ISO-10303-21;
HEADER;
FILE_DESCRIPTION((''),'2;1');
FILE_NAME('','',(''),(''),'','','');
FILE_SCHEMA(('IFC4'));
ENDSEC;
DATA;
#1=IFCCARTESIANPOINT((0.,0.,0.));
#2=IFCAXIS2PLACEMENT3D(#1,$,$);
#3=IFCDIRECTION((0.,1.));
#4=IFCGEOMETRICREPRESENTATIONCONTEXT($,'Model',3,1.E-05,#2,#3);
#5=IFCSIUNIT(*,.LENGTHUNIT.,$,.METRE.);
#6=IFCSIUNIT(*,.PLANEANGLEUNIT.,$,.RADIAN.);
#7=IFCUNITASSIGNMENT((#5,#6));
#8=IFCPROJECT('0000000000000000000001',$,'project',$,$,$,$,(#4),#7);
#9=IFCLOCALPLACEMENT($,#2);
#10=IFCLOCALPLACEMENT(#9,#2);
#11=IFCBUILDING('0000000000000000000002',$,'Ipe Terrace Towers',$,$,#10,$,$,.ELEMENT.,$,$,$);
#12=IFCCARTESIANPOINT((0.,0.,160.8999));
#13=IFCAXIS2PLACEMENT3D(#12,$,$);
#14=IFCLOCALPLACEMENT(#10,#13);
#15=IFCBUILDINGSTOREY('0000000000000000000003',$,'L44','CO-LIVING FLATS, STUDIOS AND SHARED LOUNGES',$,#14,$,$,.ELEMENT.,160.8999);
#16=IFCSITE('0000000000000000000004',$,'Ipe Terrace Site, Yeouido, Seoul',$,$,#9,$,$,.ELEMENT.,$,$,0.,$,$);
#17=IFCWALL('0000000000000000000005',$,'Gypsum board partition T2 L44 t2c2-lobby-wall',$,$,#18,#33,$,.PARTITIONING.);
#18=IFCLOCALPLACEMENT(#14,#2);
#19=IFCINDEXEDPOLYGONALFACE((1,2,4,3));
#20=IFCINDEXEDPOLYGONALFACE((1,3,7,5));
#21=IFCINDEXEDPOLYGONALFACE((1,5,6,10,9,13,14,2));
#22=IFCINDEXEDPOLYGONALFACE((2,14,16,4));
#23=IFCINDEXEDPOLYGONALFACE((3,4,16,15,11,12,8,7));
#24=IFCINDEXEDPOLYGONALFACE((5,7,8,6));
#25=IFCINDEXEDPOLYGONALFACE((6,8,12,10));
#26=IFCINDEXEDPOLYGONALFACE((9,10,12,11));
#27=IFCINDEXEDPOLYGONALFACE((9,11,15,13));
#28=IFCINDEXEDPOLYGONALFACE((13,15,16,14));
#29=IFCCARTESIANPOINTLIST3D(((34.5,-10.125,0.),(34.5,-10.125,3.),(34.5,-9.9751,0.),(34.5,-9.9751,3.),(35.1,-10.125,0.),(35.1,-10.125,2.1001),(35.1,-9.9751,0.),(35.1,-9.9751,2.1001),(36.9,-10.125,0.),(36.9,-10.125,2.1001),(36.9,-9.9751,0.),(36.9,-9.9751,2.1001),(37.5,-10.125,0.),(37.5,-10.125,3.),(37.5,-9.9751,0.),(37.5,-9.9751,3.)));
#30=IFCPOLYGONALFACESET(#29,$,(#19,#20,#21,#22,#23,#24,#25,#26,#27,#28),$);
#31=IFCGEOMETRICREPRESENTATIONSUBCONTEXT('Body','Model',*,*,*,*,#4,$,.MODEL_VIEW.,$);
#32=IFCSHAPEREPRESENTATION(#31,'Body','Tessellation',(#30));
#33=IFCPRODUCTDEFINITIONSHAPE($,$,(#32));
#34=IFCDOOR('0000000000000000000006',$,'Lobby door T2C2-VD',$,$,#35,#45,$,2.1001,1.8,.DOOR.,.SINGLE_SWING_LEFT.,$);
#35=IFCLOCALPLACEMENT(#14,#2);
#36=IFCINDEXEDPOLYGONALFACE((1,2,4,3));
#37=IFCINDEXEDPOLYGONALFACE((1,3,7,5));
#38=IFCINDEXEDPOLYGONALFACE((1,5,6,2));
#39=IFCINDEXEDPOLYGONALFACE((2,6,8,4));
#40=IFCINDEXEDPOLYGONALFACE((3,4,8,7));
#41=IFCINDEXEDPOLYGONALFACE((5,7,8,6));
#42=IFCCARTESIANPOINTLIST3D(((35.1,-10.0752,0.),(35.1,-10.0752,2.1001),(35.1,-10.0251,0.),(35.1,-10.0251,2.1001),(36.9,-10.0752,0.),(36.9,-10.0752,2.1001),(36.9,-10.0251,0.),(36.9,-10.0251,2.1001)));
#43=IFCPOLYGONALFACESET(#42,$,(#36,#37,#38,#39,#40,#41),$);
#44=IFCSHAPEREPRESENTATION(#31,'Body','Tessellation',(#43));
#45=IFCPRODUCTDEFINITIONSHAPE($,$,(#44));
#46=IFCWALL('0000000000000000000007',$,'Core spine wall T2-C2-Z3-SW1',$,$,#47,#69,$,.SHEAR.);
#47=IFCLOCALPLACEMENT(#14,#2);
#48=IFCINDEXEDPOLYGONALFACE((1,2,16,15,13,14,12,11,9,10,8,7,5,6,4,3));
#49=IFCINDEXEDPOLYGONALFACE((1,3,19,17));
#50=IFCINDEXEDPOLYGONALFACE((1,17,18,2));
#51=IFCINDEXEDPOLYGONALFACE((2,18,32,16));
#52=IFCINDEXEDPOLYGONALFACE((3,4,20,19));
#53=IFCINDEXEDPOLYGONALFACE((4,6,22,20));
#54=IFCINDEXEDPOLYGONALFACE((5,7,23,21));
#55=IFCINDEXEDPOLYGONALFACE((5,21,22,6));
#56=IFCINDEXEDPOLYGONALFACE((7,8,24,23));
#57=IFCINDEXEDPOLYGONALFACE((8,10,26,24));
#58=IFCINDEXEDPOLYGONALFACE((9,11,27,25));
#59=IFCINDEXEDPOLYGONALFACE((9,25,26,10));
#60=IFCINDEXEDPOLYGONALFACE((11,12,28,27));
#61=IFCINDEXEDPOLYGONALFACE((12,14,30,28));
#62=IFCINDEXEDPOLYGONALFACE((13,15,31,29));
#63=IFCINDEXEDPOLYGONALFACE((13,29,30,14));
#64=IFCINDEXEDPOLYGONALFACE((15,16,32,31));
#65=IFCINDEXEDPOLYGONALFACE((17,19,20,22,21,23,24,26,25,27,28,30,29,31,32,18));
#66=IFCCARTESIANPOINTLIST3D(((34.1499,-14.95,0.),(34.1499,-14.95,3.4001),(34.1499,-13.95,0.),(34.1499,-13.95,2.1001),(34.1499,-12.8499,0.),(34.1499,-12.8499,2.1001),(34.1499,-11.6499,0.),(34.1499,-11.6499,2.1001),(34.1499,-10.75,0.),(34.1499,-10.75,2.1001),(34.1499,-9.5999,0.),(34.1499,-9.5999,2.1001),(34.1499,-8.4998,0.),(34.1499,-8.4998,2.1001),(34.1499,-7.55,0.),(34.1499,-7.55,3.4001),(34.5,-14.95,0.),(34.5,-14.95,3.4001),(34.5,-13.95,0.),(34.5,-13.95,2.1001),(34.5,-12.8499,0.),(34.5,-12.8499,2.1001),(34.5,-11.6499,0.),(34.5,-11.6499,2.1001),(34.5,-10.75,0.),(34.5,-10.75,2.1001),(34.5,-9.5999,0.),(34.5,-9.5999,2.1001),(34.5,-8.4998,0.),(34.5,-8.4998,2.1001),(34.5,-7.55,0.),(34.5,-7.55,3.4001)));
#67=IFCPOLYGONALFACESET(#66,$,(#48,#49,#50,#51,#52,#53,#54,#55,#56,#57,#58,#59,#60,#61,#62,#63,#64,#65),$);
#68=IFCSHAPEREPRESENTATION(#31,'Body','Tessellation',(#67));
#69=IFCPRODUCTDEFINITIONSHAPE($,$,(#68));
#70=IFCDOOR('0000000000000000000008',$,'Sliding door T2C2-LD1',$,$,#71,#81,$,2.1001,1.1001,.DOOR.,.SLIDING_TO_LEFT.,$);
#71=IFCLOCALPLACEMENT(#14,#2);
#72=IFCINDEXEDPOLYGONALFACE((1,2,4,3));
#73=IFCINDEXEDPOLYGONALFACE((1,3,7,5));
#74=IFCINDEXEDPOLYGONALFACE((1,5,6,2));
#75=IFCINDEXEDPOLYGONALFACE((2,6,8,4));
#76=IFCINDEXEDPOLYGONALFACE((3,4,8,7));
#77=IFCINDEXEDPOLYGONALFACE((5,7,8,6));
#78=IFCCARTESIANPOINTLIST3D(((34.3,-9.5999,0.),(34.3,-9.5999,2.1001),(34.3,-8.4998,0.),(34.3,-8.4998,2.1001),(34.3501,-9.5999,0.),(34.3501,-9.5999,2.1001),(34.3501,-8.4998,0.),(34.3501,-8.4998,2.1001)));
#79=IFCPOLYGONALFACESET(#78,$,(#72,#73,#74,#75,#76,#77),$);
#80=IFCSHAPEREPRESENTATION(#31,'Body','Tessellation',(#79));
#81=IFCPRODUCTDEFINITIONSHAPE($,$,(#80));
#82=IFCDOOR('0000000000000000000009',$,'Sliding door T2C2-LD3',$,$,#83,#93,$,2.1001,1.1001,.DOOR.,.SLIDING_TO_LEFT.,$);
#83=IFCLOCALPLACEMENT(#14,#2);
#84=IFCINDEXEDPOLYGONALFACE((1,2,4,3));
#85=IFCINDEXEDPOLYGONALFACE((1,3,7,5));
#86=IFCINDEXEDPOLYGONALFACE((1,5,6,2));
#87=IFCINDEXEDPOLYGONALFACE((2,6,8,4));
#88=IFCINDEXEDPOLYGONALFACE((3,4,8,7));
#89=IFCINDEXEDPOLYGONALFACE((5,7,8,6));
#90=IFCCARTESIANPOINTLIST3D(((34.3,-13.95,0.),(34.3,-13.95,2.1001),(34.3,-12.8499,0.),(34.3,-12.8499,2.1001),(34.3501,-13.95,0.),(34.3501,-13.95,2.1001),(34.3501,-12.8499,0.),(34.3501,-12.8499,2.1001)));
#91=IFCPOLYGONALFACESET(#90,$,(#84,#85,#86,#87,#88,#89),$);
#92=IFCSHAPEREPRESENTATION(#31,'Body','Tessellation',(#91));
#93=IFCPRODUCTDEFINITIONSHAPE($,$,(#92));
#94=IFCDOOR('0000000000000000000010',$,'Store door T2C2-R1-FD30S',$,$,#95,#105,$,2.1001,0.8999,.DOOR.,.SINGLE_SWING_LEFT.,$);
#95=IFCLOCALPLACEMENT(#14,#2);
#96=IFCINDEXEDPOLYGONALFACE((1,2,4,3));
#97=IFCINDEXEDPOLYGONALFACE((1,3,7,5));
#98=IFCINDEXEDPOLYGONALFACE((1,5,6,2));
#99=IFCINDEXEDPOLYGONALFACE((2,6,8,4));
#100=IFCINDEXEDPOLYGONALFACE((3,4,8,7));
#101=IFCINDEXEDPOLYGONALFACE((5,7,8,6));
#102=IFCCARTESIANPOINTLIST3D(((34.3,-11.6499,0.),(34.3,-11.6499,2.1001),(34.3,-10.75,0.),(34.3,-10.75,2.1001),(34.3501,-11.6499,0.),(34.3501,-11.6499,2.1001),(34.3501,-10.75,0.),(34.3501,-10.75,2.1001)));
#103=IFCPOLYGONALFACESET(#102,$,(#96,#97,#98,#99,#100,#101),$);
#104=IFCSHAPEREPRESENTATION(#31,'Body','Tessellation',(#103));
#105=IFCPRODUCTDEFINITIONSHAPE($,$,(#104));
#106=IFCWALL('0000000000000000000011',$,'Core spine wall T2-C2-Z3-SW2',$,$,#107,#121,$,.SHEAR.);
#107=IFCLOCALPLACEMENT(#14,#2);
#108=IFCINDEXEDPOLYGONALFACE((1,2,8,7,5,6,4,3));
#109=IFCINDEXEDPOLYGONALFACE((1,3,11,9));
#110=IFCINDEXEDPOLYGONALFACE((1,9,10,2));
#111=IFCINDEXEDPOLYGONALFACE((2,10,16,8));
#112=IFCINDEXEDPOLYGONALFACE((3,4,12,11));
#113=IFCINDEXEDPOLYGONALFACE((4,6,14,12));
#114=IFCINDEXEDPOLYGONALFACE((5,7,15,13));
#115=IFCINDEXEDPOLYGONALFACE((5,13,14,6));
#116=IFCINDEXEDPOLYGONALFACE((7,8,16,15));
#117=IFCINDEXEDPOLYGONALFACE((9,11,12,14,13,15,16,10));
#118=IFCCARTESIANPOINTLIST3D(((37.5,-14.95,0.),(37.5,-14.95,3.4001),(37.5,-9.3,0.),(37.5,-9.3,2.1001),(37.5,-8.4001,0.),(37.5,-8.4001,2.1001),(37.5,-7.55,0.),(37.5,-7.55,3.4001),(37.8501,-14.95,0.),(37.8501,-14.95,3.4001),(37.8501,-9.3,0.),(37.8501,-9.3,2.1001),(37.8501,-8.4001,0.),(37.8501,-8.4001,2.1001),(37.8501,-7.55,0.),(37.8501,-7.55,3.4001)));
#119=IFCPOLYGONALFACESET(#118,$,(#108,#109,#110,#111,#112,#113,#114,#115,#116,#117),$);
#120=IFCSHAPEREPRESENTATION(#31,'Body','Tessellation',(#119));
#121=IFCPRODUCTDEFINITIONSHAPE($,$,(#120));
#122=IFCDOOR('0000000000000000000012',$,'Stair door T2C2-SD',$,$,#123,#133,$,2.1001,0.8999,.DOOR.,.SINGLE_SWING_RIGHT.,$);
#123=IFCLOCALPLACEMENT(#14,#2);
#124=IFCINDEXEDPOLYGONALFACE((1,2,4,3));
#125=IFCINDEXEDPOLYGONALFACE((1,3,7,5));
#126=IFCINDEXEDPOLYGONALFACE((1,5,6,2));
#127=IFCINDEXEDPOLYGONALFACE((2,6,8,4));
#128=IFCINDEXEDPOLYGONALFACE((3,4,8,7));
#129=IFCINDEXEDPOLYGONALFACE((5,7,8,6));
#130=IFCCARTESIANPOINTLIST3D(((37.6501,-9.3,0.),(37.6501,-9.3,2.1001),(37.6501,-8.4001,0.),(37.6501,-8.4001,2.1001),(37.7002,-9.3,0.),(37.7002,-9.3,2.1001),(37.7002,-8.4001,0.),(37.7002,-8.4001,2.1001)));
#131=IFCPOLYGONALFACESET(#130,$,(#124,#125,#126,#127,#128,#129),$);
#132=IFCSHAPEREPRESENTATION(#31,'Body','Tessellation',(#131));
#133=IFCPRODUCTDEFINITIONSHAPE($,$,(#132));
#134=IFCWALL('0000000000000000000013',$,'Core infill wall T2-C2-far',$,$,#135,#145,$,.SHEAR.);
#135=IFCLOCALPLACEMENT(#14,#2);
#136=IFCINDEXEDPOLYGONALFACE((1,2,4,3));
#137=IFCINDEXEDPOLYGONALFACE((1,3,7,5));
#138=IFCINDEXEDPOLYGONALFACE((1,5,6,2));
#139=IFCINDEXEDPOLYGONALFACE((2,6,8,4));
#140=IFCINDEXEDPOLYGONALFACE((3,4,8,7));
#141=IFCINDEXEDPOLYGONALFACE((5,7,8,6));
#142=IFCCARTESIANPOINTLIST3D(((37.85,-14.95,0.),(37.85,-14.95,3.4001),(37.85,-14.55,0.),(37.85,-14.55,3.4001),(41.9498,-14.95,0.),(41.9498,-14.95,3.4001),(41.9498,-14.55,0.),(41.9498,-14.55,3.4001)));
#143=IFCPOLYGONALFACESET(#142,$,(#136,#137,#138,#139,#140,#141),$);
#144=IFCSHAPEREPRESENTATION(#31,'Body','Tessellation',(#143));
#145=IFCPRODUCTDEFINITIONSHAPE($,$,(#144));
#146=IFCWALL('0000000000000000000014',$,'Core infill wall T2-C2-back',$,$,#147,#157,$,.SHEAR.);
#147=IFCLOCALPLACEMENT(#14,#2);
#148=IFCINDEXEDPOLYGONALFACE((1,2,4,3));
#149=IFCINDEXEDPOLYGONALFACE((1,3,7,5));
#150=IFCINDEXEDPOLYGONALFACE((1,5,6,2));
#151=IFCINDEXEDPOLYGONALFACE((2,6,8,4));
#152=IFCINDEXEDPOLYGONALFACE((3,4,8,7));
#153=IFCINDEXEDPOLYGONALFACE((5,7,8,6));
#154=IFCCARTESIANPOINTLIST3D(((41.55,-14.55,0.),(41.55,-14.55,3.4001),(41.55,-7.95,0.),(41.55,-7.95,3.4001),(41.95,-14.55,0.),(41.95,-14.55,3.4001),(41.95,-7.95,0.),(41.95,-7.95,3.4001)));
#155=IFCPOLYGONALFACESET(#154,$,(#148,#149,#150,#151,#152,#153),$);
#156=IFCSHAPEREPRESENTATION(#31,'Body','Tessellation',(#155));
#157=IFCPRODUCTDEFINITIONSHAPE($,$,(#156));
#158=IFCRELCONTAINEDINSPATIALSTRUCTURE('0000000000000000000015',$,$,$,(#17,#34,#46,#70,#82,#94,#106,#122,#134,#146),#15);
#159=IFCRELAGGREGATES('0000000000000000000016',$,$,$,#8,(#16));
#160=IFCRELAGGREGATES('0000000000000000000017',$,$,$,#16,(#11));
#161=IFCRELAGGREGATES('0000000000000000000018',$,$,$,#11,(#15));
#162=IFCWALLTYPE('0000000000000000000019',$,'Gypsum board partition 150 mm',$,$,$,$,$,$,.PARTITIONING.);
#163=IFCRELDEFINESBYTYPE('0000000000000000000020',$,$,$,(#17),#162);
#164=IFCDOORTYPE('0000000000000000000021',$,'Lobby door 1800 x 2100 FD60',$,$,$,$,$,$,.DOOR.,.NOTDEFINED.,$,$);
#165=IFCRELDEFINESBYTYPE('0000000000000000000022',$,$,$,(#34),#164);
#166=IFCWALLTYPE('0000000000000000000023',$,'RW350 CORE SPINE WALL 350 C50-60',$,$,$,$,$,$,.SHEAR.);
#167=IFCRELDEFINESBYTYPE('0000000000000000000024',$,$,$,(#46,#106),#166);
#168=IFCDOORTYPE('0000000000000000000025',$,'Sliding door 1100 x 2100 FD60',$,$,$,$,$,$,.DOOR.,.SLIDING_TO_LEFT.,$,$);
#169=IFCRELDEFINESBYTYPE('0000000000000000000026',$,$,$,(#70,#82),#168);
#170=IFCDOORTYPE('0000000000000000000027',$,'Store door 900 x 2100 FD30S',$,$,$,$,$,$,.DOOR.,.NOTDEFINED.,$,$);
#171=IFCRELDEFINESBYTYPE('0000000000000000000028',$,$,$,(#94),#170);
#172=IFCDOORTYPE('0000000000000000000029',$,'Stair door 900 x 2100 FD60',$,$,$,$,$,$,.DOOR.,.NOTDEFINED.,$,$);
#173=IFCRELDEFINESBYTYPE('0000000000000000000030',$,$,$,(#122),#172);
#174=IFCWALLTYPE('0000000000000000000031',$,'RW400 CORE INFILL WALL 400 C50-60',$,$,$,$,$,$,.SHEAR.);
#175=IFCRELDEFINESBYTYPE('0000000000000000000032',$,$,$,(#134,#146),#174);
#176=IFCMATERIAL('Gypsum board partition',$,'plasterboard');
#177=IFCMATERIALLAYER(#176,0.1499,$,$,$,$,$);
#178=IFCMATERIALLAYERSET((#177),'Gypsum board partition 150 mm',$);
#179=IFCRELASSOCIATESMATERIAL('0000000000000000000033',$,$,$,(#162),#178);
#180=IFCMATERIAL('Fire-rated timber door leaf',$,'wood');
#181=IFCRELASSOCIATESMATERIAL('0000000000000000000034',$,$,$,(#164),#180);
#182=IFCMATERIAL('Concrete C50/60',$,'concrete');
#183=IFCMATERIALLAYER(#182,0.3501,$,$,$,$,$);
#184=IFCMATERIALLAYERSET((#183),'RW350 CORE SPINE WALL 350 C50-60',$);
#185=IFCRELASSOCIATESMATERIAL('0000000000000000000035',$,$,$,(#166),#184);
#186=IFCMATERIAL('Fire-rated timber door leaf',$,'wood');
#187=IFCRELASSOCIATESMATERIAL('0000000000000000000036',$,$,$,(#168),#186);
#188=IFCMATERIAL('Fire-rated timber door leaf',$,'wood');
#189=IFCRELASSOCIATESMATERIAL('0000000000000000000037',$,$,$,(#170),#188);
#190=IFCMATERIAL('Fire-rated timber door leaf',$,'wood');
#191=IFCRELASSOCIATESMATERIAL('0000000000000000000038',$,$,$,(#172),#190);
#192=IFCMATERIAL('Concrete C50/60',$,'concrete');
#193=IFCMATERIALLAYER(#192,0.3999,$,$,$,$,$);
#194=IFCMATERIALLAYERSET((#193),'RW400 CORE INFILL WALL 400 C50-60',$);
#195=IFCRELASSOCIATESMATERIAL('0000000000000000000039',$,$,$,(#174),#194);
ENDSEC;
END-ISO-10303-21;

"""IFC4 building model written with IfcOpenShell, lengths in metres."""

from ifc_helpers import new_model, si_unit, direction, frame, frame_2d, origin, place, context, subcontext, project, spatial, rectangle, extrude, material, layer, layer_set, type_object, element, fill, save


model = new_model("IFC4")

# Units and contexts
model_context = context("Model", 3, precision=1e-05, world=origin(), true_north=direction((0.0, 1.0)))
body_context = subcontext(model_context, "Body", "Model", "MODEL_VIEW")
ifc_project = project(units=[si_unit("LENGTHUNIT", "METRE"), si_unit("PLANEANGLEUNIT", "RADIAN")], contexts=[model_context])

# Site, building, storey
site_placement = place(None, origin())
site = spatial("IfcSite", under=ifc_project, at=site_placement, Name="Ipe Terrace Site, Yeouido, Seoul", CompositionType="ELEMENT", RefElevation=0.0)
building_placement = place(site_placement, origin())
building = spatial("IfcBuilding", under=site, at=building_placement, Name="Ipe Terrace Towers", CompositionType="ELEMENT")
storey_placement = place(building_placement, frame((0.0, 0.0, 160.8999)))
storey = spatial("IfcBuildingStorey", under=building, at=storey_placement, Name="L44", Description="CO-LIVING FLATS, STUDIOS AND SHARED LOUNGES", CompositionType="ELEMENT", Elevation=160.8999)

# Wall, opening, door
ifc_material_1 = material(Name="Gypsum board partition", Category="plasterboard")
ifc_layer_1 = layer(ifc_material_1, 0.1499)
ifc_layer_set_1 = layer_set([ifc_layer_1], Name="Gypsum board partition 150 mm")
wall_type_1 = type_object("IfcWallType", Name="Gypsum board partition 150 mm", PredefinedType="PARTITIONING", material=ifc_layer_set_1)
wall_1_placement = place(storey_placement, frame((34.5, -10.05, 0.0), z_axis=(0.0, 0.0, 1.0), x_axis=(1.0, 0.0, 0.0)))
wall_1 = element("IfcWall", 1, at=wall_1_placement, inside=storey, type_object=wall_type_1, Name="Gypsum board partition T2 L44 t2c2-lobby-wall", PredefinedType="PARTITIONING", context=body_context, shape_type="SweptSolid", body=[
    extrude(rectangle(XDim=3.0, YDim=0.1499, at=frame_2d((1.5, 0.0))), origin(), (0.0, 0.0, 1.0), 3.0),
])
opening_1_placement = place(wall_1_placement, frame((0.6001, 0.0, 0.0)))
opening_1 = element("IfcOpeningElement", 2, at=opening_1_placement, cuts=wall_1, PredefinedType="OPENING", context=body_context, shape_type="SweptSolid", body=[
    extrude(rectangle(XDim=1.8, YDim=2.1001, at=frame_2d((0.8999, 1.05))), frame((0.0, 0.085, 0.0), z_axis=(0.0, -1.0, 0.0), x_axis=(1.0, 0.0, 0.0)), (0.0, 0.0, 1.0), 0.1699),
])
ifc_material_2 = material(Name="Fire-rated timber door leaf", Category="wood")
door_type_1 = type_object("IfcDoorType", Name="Lobby door 1800 x 2100 FD60", OperationType="NOTDEFINED", PredefinedType="DOOR", material=ifc_material_2)
door_1_placement = place(opening_1_placement, origin())
door_1 = element("IfcDoor", 3, at=door_1_placement, inside=storey, type_object=door_type_1, Name="Lobby door T2C2-VD", OperationType="SINGLE_SWING_LEFT", OverallHeight=2.1001, OverallWidth=1.8, PredefinedType="DOOR", context=body_context, shape_type="SweptSolid", body=[
    extrude(rectangle(XDim=1.8, YDim=2.1001, at=frame_2d((0.8999, 1.05))), frame((0.0, 0.0249, 0.0), z_axis=(0.0, -1.0, 0.0), x_axis=(1.0, 0.0, 0.0)), (0.0, 0.0, 1.0), 0.05),
])
fill(opening_1, door_1)

# Wall, openings, doors
ifc_material_3 = material(Name="Concrete C50/60", Category="concrete")
ifc_layer_2 = layer(ifc_material_3, 0.3501)
ifc_layer_set_2 = layer_set([ifc_layer_2], Name="RW350 CORE SPINE WALL 350 C50-60")
wall_type_2 = type_object("IfcWallType", Name="RW350 CORE SPINE WALL 350 C50-60", PredefinedType="SHEAR", material=ifc_layer_set_2)
wall_2_placement = place(storey_placement, frame((34.325, -14.95, 0.0), z_axis=(0.0, 0.0, 1.0), x_axis=(0.0, 1.0, 0.0)))
wall_2 = element("IfcWall", 4, at=wall_2_placement, inside=storey, type_object=wall_type_2, Name="Core spine wall T2-C2-Z3-SW1", PredefinedType="SHEAR", context=body_context, shape_type="SweptSolid", body=[
    extrude(rectangle(XDim=7.3999, YDim=0.3501, at=frame_2d((3.7, 0.0))), origin(), (0.0, 0.0, 1.0), 3.4001),
])
opening_2_placement = place(wall_2_placement, frame((5.3501, 0.0, 0.0)))
opening_2 = element("IfcOpeningElement", 5, at=opening_2_placement, cuts=wall_2, PredefinedType="OPENING", context=body_context, shape_type="SweptSolid", body=[
    extrude(rectangle(XDim=1.1001, YDim=2.1001, at=frame_2d((0.55, 1.05))), frame((0.0, 0.1851, 0.0), z_axis=(0.0, -1.0, 0.0), x_axis=(1.0, 0.0, 0.0)), (0.0, 0.0, 1.0), 0.3701),
])
opening_3_placement = place(wall_2_placement, frame((1.0, 0.0, 0.0)))
opening_3 = element("IfcOpeningElement", 6, at=opening_3_placement, cuts=wall_2, PredefinedType="OPENING", context=body_context, shape_type="SweptSolid", body=[
    extrude(rectangle(XDim=1.1001, YDim=2.1001, at=frame_2d((0.55, 1.05))), frame((0.0, 0.1851, 0.0), z_axis=(0.0, -1.0, 0.0), x_axis=(1.0, 0.0, 0.0)), (0.0, 0.0, 1.0), 0.3701),
])
opening_4_placement = place(wall_2_placement, frame((3.3, 0.0, 0.0)))
opening_4 = element("IfcOpeningElement", 7, at=opening_4_placement, cuts=wall_2, PredefinedType="OPENING", context=body_context, shape_type="SweptSolid", body=[
    extrude(rectangle(XDim=0.8999, YDim=2.1001, at=frame_2d((0.45, 1.05))), frame((0.0, 0.1851, 0.0), z_axis=(0.0, -1.0, 0.0), x_axis=(1.0, 0.0, 0.0)), (0.0, 0.0, 1.0), 0.3701),
])
ifc_material_4 = material(Name="Fire-rated timber door leaf", Category="wood")
door_type_2 = type_object("IfcDoorType", Name="Sliding door 1100 x 2100 FD60", OperationType="SLIDING_TO_LEFT", PredefinedType="DOOR", material=ifc_material_4)
door_2_placement = place(opening_2_placement, origin())
door_2 = element("IfcDoor", 8, at=door_2_placement, inside=storey, type_object=door_type_2, Name="Sliding door T2C2-LD1", OperationType="SLIDING_TO_LEFT", OverallHeight=2.1001, OverallWidth=1.1001, PredefinedType="DOOR", context=body_context, shape_type="SweptSolid", body=[
    extrude(rectangle(XDim=1.1001, YDim=2.1001, at=frame_2d((0.55, 1.05))), frame((0.0, 0.0249, 0.0), z_axis=(0.0, -1.0, 0.0), x_axis=(1.0, 0.0, 0.0)), (0.0, 0.0, 1.0), 0.05),
])
fill(opening_2, door_2)
door_3_placement = place(opening_3_placement, origin())
door_3 = element("IfcDoor", 9, at=door_3_placement, inside=storey, type_object=door_type_2, Name="Sliding door T2C2-LD3", OperationType="SLIDING_TO_LEFT", OverallHeight=2.1001, OverallWidth=1.1001, PredefinedType="DOOR", context=body_context, shape_type="SweptSolid", body=[
    extrude(rectangle(XDim=1.1001, YDim=2.1001, at=frame_2d((0.55, 1.05))), frame((0.0, 0.0249, 0.0), z_axis=(0.0, -1.0, 0.0), x_axis=(1.0, 0.0, 0.0)), (0.0, 0.0, 1.0), 0.05),
])
fill(opening_3, door_3)
ifc_material_5 = material(Name="Fire-rated timber door leaf", Category="wood")
door_type_3 = type_object("IfcDoorType", Name="Store door 900 x 2100 FD30S", OperationType="NOTDEFINED", PredefinedType="DOOR", material=ifc_material_5)
door_4_placement = place(opening_4_placement, origin())
door_4 = element("IfcDoor", 10, at=door_4_placement, inside=storey, type_object=door_type_3, Name="Store door T2C2-R1-FD30S", OperationType="SINGLE_SWING_LEFT", OverallHeight=2.1001, OverallWidth=0.8999, PredefinedType="DOOR", context=body_context, shape_type="SweptSolid", body=[
    extrude(rectangle(XDim=0.8999, YDim=2.1001, at=frame_2d((0.45, 1.05))), frame((0.0, 0.0249, 0.0), z_axis=(0.0, -1.0, 0.0), x_axis=(1.0, 0.0, 0.0)), (0.0, 0.0, 1.0), 0.05),
])
fill(opening_4, door_4)

# Wall, opening, door
wall_3_placement = place(storey_placement, frame((37.675, -14.95, 0.0), z_axis=(0.0, 0.0, 1.0), x_axis=(0.0, 1.0, 0.0)))
wall_3 = element("IfcWall", 11, at=wall_3_placement, inside=storey, type_object=wall_type_2, Name="Core spine wall T2-C2-Z3-SW2", PredefinedType="SHEAR", context=body_context, shape_type="SweptSolid", body=[
    extrude(rectangle(XDim=7.3999, YDim=0.3501, at=frame_2d((3.7, 0.0))), origin(), (0.0, 0.0, 1.0), 3.4001),
])
opening_5_placement = place(wall_3_placement, frame((5.6499, 0.0, 0.0)))
opening_5 = element("IfcOpeningElement", 12, at=opening_5_placement, cuts=wall_3, PredefinedType="OPENING", context=body_context, shape_type="SweptSolid", body=[
    extrude(rectangle(XDim=0.8999, YDim=2.1001, at=frame_2d((0.45, 1.05))), frame((0.0, 0.1851, 0.0), z_axis=(0.0, -1.0, 0.0), x_axis=(1.0, 0.0, 0.0)), (0.0, 0.0, 1.0), 0.3701),
])
ifc_material_6 = material(Name="Fire-rated timber door leaf", Category="wood")
door_type_4 = type_object("IfcDoorType", Name="Stair door 900 x 2100 FD60", OperationType="NOTDEFINED", PredefinedType="DOOR", material=ifc_material_6)
door_5_placement = place(opening_5_placement, origin())
door_5 = element("IfcDoor", 13, at=door_5_placement, inside=storey, type_object=door_type_4, Name="Stair door T2C2-SD", OperationType="SINGLE_SWING_RIGHT", OverallHeight=2.1001, OverallWidth=0.8999, PredefinedType="DOOR", context=body_context, shape_type="SweptSolid", body=[
    extrude(rectangle(XDim=0.8999, YDim=2.1001, at=frame_2d((0.45, 1.05))), frame((0.0, 0.0249, 0.0), z_axis=(0.0, -1.0, 0.0), x_axis=(1.0, 0.0, 0.0)), (0.0, 0.0, 1.0), 0.05),
])
fill(opening_5, door_5)

# Walls
ifc_material_7 = material(Name="Concrete C50/60", Category="concrete")
ifc_layer_3 = layer(ifc_material_7, 0.3999)
ifc_layer_set_3 = layer_set([ifc_layer_3], Name="RW400 CORE INFILL WALL 400 C50-60")
wall_type_3 = type_object("IfcWallType", Name="RW400 CORE INFILL WALL 400 C50-60", PredefinedType="SHEAR", material=ifc_layer_set_3)
wall_4_placement = place(storey_placement, frame((37.8501, -14.75, 0.0), z_axis=(0.0, 0.0, 1.0), x_axis=(1.0, 0.0, 0.0)))
element("IfcWall", 14, at=wall_4_placement, inside=storey, type_object=wall_type_3, Name="Core infill wall T2-C2-far", PredefinedType="SHEAR", context=body_context, shape_type="SweptSolid", body=[
    extrude(rectangle(XDim=4.0999, YDim=0.3999, at=frame_2d((2.0498, 0.0))), origin(), (0.0, 0.0, 1.0), 3.4001),
])
wall_5_placement = place(storey_placement, frame((41.75, -7.95, 0.0), z_axis=(0.0, 0.0, 1.0), x_axis=(0.0, -1.0, 0.0)))
element("IfcWall", 15, at=wall_5_placement, inside=storey, type_object=wall_type_3, Name="Core infill wall T2-C2-back", PredefinedType="SHEAR", context=body_context, shape_type="SweptSolid", body=[
    extrude(rectangle(XDim=6.6001, YDim=0.3999, at=frame_2d((3.3, 0.0))), origin(), (0.0, 0.0, 1.0), 3.4001),
])

save(model, "model.ifc")
